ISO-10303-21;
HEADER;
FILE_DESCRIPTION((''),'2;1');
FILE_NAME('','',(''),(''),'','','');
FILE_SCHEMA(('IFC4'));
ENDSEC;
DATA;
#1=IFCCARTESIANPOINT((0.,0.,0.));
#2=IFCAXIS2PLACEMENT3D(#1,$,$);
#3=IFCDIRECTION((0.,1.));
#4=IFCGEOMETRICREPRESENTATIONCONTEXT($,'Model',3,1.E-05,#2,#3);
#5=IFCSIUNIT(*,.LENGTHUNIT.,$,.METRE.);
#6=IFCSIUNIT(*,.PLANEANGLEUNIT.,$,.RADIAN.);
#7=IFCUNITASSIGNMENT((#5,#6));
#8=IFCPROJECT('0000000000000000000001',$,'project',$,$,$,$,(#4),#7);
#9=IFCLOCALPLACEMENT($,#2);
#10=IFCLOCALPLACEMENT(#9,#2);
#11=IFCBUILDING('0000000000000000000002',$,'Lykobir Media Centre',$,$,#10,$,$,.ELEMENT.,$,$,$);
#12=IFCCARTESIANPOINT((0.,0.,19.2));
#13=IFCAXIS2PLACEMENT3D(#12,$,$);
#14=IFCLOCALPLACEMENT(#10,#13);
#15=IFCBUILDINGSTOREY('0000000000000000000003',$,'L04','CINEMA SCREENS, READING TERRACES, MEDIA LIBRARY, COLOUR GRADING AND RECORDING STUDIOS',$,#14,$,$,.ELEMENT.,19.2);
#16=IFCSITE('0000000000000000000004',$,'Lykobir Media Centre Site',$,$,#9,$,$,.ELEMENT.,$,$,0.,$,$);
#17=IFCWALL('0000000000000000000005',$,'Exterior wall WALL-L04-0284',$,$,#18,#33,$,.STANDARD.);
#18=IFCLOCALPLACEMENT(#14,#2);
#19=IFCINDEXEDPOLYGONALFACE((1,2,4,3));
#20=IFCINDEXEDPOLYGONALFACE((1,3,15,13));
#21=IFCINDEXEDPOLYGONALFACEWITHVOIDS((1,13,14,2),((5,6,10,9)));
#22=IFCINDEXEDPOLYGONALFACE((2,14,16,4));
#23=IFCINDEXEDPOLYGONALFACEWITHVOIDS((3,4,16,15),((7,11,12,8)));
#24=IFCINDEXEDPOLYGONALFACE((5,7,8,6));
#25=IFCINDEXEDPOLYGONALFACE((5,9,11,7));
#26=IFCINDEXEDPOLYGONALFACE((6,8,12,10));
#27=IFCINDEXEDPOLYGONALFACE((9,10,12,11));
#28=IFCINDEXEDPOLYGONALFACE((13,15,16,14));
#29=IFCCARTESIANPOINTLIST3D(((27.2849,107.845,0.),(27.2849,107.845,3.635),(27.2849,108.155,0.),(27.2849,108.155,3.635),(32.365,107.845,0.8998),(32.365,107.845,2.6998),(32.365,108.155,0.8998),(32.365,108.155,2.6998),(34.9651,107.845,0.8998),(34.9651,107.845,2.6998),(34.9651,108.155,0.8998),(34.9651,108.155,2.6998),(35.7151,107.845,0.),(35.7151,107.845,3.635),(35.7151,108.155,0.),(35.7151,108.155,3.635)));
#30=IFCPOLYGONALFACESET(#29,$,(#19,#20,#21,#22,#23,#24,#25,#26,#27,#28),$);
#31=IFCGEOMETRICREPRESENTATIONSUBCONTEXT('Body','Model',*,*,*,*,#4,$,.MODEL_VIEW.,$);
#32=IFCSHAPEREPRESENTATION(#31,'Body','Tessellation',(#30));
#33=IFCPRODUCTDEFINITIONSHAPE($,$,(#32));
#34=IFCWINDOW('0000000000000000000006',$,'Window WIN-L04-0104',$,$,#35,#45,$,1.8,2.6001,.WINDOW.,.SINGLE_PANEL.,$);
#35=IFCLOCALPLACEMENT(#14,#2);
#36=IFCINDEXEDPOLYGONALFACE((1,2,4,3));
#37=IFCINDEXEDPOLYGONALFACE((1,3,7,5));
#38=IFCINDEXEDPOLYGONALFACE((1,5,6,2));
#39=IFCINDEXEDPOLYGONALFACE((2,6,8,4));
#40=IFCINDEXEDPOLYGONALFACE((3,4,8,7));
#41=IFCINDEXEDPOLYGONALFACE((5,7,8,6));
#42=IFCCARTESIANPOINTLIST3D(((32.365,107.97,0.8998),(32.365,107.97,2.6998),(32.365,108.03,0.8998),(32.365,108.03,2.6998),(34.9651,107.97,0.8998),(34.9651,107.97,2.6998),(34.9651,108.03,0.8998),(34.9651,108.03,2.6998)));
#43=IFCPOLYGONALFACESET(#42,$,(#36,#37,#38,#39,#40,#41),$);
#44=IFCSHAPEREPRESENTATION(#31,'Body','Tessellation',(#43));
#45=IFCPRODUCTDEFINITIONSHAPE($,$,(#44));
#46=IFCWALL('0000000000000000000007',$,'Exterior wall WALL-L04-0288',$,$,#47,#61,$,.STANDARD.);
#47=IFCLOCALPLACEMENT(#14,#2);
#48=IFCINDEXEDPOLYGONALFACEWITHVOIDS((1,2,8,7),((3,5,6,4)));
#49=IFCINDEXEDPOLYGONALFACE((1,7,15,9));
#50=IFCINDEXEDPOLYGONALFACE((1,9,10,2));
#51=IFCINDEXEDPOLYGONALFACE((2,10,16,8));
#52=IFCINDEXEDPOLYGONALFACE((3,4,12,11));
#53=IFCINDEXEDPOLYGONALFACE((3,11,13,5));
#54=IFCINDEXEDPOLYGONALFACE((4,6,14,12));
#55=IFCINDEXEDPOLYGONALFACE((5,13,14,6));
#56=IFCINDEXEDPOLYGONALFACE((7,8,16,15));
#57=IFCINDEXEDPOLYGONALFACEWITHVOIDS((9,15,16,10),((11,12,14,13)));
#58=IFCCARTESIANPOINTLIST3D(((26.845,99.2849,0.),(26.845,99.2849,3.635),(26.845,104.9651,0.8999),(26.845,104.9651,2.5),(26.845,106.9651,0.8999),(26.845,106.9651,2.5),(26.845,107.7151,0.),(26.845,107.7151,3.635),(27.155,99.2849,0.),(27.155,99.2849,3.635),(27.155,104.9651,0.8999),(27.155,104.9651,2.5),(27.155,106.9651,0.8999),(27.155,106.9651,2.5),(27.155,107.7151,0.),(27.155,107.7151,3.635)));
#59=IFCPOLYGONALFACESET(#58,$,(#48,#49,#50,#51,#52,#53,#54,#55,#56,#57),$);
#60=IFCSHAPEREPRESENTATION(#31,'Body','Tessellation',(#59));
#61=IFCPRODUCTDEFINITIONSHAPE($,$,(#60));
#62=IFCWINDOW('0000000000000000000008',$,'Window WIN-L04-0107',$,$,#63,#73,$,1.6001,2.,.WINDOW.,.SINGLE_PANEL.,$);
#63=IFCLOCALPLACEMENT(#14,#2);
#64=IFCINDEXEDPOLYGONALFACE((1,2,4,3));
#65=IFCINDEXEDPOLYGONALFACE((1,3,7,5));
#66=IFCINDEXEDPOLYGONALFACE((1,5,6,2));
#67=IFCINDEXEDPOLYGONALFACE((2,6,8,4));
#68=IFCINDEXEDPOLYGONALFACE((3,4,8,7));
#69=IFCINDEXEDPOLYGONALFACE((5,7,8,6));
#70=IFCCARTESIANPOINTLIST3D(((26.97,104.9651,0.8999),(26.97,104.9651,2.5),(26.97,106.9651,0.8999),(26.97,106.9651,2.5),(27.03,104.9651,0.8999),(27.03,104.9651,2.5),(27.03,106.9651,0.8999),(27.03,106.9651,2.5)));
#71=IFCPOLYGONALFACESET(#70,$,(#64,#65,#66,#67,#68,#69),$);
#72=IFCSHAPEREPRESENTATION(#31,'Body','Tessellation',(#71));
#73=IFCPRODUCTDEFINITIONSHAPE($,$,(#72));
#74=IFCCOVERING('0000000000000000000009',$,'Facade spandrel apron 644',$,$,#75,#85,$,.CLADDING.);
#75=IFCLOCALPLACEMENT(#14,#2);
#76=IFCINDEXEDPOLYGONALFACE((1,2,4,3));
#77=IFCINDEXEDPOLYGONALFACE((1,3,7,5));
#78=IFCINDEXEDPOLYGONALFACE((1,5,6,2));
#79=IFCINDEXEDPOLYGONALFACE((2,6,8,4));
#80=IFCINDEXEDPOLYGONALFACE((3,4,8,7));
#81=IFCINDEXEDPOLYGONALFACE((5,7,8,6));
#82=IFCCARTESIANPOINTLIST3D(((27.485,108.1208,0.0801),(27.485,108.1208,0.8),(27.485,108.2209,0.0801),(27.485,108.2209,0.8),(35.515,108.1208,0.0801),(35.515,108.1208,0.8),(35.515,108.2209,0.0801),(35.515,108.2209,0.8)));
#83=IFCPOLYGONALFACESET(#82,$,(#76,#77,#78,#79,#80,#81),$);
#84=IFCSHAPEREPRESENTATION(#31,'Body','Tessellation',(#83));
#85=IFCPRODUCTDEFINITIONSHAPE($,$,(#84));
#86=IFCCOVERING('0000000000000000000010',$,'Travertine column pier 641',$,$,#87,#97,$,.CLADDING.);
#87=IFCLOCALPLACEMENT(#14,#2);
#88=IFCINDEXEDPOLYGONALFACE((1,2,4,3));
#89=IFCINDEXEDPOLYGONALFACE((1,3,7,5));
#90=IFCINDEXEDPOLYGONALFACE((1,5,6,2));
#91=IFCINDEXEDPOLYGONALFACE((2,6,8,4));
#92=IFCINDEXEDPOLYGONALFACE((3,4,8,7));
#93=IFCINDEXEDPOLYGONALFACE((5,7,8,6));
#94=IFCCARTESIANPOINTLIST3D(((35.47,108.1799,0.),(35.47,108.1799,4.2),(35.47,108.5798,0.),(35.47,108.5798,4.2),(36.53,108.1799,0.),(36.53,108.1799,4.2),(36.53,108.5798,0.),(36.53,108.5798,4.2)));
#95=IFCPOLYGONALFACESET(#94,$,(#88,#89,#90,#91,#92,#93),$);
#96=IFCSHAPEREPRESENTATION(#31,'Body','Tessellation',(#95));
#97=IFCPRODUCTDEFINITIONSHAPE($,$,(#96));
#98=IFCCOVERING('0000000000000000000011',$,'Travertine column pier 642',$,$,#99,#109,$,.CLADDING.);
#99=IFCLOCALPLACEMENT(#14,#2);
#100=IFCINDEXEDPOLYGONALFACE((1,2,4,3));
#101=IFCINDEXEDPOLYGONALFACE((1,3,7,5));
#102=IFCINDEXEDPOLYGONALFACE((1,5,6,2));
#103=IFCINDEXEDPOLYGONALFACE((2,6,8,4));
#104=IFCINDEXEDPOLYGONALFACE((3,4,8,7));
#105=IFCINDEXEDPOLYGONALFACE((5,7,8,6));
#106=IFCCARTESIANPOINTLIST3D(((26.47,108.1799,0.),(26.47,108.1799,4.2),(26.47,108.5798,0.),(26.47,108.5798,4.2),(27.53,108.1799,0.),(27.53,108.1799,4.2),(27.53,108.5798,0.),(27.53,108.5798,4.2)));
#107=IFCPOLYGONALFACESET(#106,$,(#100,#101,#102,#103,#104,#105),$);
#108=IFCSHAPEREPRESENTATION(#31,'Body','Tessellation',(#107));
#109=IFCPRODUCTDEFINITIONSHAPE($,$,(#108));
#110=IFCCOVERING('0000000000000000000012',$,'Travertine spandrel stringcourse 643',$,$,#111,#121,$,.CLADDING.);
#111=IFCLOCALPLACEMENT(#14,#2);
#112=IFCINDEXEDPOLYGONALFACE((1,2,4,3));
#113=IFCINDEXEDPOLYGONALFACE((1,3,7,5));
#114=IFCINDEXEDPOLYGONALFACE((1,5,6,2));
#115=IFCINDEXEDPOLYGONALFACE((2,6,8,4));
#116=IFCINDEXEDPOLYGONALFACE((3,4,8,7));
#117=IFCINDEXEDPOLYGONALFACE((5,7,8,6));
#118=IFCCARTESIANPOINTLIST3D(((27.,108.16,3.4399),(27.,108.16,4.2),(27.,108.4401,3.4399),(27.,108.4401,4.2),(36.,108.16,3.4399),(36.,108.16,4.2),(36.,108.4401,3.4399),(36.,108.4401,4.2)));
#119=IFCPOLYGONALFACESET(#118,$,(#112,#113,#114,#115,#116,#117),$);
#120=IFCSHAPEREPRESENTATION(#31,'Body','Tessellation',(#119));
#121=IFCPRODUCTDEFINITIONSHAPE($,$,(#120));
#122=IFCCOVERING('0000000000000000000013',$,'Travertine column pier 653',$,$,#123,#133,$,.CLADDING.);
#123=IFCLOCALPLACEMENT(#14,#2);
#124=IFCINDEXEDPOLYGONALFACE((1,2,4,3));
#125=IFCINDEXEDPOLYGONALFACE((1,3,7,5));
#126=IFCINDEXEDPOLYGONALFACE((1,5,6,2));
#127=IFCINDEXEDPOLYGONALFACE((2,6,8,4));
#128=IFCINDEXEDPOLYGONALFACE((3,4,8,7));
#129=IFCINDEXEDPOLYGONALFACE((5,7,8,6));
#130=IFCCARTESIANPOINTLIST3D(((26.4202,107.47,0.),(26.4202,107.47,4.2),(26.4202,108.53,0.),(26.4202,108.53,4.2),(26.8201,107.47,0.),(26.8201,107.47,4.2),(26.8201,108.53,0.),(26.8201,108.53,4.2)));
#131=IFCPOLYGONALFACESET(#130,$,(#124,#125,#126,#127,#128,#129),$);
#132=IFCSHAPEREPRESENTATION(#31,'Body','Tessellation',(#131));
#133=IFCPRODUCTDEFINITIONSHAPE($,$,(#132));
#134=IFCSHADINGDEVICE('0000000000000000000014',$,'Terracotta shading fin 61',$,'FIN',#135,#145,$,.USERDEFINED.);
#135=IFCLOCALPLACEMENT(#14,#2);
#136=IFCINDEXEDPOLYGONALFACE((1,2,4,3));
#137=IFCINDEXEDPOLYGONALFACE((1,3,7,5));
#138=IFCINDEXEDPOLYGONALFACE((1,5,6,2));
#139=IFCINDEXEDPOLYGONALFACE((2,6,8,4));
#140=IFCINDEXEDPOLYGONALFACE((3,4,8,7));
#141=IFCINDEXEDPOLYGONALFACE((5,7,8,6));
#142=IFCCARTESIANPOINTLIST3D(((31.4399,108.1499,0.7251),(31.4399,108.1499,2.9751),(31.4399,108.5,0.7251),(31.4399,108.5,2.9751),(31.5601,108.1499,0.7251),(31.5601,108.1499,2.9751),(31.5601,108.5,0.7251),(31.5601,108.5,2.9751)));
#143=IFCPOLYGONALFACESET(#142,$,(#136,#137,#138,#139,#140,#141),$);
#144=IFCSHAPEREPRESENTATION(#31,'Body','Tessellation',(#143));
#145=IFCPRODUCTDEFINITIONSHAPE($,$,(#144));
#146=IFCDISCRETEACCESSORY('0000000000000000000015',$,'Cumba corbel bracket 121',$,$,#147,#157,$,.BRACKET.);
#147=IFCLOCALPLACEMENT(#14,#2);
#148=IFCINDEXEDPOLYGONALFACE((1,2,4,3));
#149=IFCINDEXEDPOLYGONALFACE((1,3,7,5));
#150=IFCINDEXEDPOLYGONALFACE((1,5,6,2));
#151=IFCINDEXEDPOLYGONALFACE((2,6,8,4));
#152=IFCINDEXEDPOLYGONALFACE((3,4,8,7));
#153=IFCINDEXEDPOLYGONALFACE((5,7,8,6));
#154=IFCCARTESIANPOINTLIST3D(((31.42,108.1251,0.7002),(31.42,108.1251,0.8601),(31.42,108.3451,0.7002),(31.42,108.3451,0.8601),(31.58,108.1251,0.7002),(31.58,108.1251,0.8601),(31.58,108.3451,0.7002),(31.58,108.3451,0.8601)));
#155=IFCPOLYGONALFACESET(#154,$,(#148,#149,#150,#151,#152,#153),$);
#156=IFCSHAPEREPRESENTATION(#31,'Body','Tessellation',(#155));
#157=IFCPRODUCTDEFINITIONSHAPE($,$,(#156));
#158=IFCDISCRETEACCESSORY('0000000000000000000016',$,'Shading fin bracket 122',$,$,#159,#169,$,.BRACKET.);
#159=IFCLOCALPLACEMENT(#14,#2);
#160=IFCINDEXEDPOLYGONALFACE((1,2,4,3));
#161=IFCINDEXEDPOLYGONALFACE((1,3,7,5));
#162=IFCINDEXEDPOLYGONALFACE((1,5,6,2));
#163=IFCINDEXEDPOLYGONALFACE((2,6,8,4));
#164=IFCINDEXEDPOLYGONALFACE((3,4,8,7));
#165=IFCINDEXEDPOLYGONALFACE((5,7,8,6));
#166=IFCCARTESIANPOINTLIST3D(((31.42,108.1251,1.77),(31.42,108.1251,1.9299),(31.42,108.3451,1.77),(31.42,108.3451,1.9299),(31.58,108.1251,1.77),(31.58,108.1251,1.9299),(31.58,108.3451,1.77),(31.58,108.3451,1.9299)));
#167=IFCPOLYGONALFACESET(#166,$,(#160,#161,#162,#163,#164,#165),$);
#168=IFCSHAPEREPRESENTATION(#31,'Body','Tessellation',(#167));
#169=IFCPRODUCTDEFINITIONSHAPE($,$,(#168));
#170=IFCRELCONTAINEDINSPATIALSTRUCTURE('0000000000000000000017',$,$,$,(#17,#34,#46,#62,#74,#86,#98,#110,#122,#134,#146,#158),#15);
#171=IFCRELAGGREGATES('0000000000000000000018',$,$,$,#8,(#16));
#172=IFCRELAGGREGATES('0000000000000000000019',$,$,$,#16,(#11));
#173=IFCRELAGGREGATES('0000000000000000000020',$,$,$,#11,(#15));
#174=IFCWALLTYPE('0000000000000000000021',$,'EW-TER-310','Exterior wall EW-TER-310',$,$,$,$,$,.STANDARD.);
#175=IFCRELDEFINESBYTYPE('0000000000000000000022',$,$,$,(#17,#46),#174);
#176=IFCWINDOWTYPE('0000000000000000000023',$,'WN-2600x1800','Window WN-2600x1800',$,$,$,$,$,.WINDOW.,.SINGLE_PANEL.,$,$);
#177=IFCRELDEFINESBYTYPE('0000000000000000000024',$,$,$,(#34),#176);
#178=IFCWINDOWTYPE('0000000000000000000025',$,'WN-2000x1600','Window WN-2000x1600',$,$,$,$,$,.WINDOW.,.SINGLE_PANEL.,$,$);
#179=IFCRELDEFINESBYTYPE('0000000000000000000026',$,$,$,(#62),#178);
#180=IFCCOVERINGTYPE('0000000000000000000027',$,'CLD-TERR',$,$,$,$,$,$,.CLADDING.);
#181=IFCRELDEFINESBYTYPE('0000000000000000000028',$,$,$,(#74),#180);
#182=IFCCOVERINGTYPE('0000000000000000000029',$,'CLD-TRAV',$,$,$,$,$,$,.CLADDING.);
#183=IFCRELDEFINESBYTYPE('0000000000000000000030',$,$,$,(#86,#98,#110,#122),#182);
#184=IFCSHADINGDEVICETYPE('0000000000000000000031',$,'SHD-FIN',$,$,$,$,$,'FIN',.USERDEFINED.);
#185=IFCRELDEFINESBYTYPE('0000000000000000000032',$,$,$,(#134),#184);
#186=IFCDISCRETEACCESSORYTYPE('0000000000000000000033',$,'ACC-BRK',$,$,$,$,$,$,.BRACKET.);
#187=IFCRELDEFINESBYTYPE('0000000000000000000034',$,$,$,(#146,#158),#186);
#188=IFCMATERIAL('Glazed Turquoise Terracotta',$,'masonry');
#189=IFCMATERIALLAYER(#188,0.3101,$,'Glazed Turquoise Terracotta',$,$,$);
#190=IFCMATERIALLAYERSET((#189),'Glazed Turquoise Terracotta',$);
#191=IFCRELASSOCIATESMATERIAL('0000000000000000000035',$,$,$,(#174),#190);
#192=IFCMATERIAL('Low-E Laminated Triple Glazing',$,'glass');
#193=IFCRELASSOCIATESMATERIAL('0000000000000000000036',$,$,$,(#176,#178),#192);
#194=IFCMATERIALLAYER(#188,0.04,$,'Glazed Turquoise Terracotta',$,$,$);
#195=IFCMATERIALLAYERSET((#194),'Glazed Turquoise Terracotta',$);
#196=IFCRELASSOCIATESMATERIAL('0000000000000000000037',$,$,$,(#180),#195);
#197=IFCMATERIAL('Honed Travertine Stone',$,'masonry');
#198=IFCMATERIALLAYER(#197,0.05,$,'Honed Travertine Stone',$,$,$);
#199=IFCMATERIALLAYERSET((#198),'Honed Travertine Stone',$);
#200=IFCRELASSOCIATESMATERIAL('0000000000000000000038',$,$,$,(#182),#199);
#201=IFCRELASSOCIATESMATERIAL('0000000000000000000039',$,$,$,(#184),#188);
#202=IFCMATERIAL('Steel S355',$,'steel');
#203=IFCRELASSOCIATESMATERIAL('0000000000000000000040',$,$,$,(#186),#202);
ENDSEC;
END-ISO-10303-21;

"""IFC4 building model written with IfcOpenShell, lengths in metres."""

from ifc_helpers import new_model, si_unit, direction, frame, frame_2d, origin, origin_2d, place, context, subcontext, project, spatial, rectangle, extrude, material, layer, layer_set, type_object, element, fill, save


model = new_model("IFC4")

# Units and contexts
model_context = context("Model", 3, precision=1e-05, world=origin(), true_north=direction((0.0, 1.0)))
body_context = subcontext(model_context, "Body", "Model", "MODEL_VIEW")
ifc_project = project(units=[si_unit("LENGTHUNIT", "METRE"), si_unit("PLANEANGLEUNIT", "RADIAN")], contexts=[model_context])

# Site, building, storey
site_placement = place(None, origin())
site = spatial("IfcSite", under=ifc_project, at=site_placement, Name="Lykobir Media Centre Site", CompositionType="ELEMENT", RefElevation=0.0)
building_placement = place(site_placement, origin())
building = spatial("IfcBuilding", under=site, at=building_placement, Name="Lykobir Media Centre", CompositionType="ELEMENT")
storey_placement = place(building_placement, frame((0.0, 0.0, 19.2)))
storey = spatial("IfcBuildingStorey", under=building, at=storey_placement, Name="L04", Description="CINEMA SCREENS, READING TERRACES, MEDIA LIBRARY, COLOUR GRADING AND RECORDING STUDIOS", CompositionType="ELEMENT", Elevation=19.2)

# Shared definitions
ifc_material_1 = material(Name="Steel S355", Category="steel")

# Walls, openings, windows
ifc_material_2 = material(Name="Glazed Turquoise Terracotta", Category="masonry")
ifc_layer_1 = layer(ifc_material_2, 0.3101, Name="Glazed Turquoise Terracotta")
ifc_layer_set_1 = layer_set([ifc_layer_1], Name="Glazed Turquoise Terracotta")
wall_type = type_object("IfcWallType", Name="EW-TER-310", Description="Exterior wall EW-TER-310", PredefinedType="STANDARD", material=ifc_layer_set_1)
wall_1_placement = place(storey_placement, frame((35.7151, 108.0, 0.0), z_axis=(0.0, 0.0, 1.0), x_axis=(-1.0, 0.0, 0.0)))
wall_1 = element("IfcWall", 1, at=wall_1_placement, inside=storey, type_object=wall_type, Name="Exterior wall WALL-L04-0284", PredefinedType="STANDARD", context=body_context, shape_type="SweptSolid", body=[
    extrude(rectangle(XDim=8.4302, YDim=0.3101, at=frame_2d((4.2151, 0.0))), origin(), (0.0, 0.0, 1.0), 3.635),
])
opening_1_placement = place(wall_1_placement, frame((0.75, 0.0, 0.8999)))
opening_1 = element("IfcOpeningElement", 2, at=opening_1_placement, cuts=wall_1, PredefinedType="OPENING", context=body_context, shape_type="SweptSolid", body=[
    extrude(rectangle(XDim=2.6001, YDim=1.8, at=frame_2d((1.3, 0.8999))), frame((0.0, 0.165, 0.0), z_axis=(0.0, -1.0, 0.0), x_axis=(1.0, 0.0, 0.0)), (0.0, 0.0, 1.0), 0.3301),
])
ifc_material_3 = material(Name="Low-E Laminated Triple Glazing", Category="glass")
window_type_1 = type_object("IfcWindowType", Name="WN-2600x1800", Description="Window WN-2600x1800", PartitioningType="SINGLE_PANEL", PredefinedType="WINDOW", material=ifc_material_3)
window_1_placement = place(opening_1_placement, origin())
window_1 = element("IfcWindow", 3, at=window_1_placement, inside=storey, type_object=window_type_1, Name="Window WIN-L04-0104", OverallHeight=1.8, OverallWidth=2.6001, PartitioningType="SINGLE_PANEL", PredefinedType="WINDOW", context=body_context, shape_type="SweptSolid", body=[
    extrude(rectangle(XDim=2.6001, YDim=1.8, at=frame_2d((1.3, 0.8999))), frame((0.0, 0.03, 0.0), z_axis=(0.0, -1.0, 0.0), x_axis=(1.0, 0.0, 0.0)), (0.0, 0.0, 1.0), 0.0601),
])
fill(opening_1, window_1)
wall_2_placement = place(storey_placement, frame((27.0, 107.7151, 0.0), z_axis=(0.0, 0.0, 1.0), x_axis=(0.0, -1.0, 0.0)))
wall_2 = element("IfcWall", 4, at=wall_2_placement, inside=storey, type_object=wall_type, Name="Exterior wall WALL-L04-0288", PredefinedType="STANDARD", context=body_context, shape_type="SweptSolid", body=[
    extrude(rectangle(XDim=8.4302, YDim=0.3101, at=frame_2d((4.2151, 0.0))), origin(), (0.0, 0.0, 1.0), 3.635),
])
opening_2_placement = place(wall_2_placement, frame((0.75, 0.0, 0.8999)))
opening_2 = element("IfcOpeningElement", 5, at=opening_2_placement, cuts=wall_2, PredefinedType="OPENING", context=body_context, shape_type="SweptSolid", body=[
    extrude(rectangle(XDim=2.0, YDim=1.6001, at=frame_2d((1.0, 0.8))), frame((0.0, 0.165, 0.0), z_axis=(0.0, -1.0, 0.0), x_axis=(1.0, 0.0, 0.0)), (0.0, 0.0, 1.0), 0.3301),
])
window_type_2 = type_object("IfcWindowType", Name="WN-2000x1600", Description="Window WN-2000x1600", PartitioningType="SINGLE_PANEL", PredefinedType="WINDOW", material=ifc_material_3)
window_2_placement = place(opening_2_placement, origin())
window_2 = element("IfcWindow", 6, at=window_2_placement, inside=storey, type_object=window_type_2, Name="Window WIN-L04-0107", OverallHeight=1.6001, OverallWidth=2.0, PartitioningType="SINGLE_PANEL", PredefinedType="WINDOW", context=body_context, shape_type="SweptSolid", body=[
    extrude(rectangle(XDim=2.0, YDim=1.6001, at=frame_2d((1.0, 0.8))), frame((0.0, 0.03, 0.0), z_axis=(0.0, -1.0, 0.0), x_axis=(1.0, 0.0, 0.0)), (0.0, 0.0, 1.0), 0.0601),
])
fill(opening_2, window_2)

# Coverings
ifc_layer_2 = layer(ifc_material_2, 0.04, Name="Glazed Turquoise Terracotta")
ifc_layer_set_2 = layer_set([ifc_layer_2], Name="Glazed Turquoise Terracotta")
covering_type_1 = type_object("IfcCoveringType", Name="CLD-TERR", PredefinedType="CLADDING", material=ifc_layer_set_2)
covering_1_placement = place(storey_placement, frame((31.5, 108.1709, 0.0801), z_axis=(0.0, 0.0, 1.0), x_axis=(-1.0, 0.0, 0.0)))
element("IfcCovering", 7, at=covering_1_placement, inside=storey, type_object=covering_type_1, Name="Facade spandrel apron 644", PredefinedType="CLADDING", context=body_context, shape_type="SweptSolid", body=[
    extrude(rectangle(XDim=8.03, YDim=0.1001, at=origin_2d()), origin(), (0.0, 0.0, 1.0), 0.72),
])
ifc_material_4 = material(Name="Honed Travertine Stone", Category="masonry")
ifc_layer_3 = layer(ifc_material_4, 0.05, Name="Honed Travertine Stone")
ifc_layer_set_3 = layer_set([ifc_layer_3], Name="Honed Travertine Stone")
covering_type_2 = type_object("IfcCoveringType", Name="CLD-TRAV", PredefinedType="CLADDING", material=ifc_layer_set_3)
for number, where, z_axis, x_axis, name in (
    (8, (36.0, 108.3799, 0.0), (0.0, 0.0, 1.0), (-1.0, 0.0, 0.0), "Travertine column pier 641"),
    (9, (27.0, 108.3799, 0.0), (0.0, 0.0, 1.0), (-1.0, 0.0, 0.0), "Travertine column pier 642"),
):
    element("IfcCovering", number, at=place(storey_placement, frame(where, z_axis=z_axis, x_axis=x_axis)), inside=storey, type_object=covering_type_2, Name=name, PredefinedType="CLADDING", context=body_context, shape_type="SweptSolid", body=[
        extrude(rectangle(XDim=1.0601, YDim=0.3999, at=origin_2d()), origin(), (0.0, 0.0, 1.0), 4.2),
    ])
covering_2_placement = place(storey_placement, frame((31.5, 108.3, 3.4399), z_axis=(0.0, 0.0, 1.0), x_axis=(-1.0, 0.0, 0.0)))
element("IfcCovering", 10, at=covering_2_placement, inside=storey, type_object=covering_type_2, Name="Travertine spandrel stringcourse 643", PredefinedType="CLADDING", context=body_context, shape_type="SweptSolid", body=[
    extrude(rectangle(XDim=9.0, YDim=0.28, at=origin_2d()), origin(), (0.0, 0.0, 1.0), 0.76),
])
covering_3_placement = place(storey_placement, frame((26.6201, 108.0, 0.0), z_axis=(0.0, 0.0, 1.0), x_axis=(0.0, -1.0, 0.0)))
element("IfcCovering", 11, at=covering_3_placement, inside=storey, type_object=covering_type_2, Name="Travertine column pier 653", PredefinedType="CLADDING", context=body_context, shape_type="SweptSolid", body=[
    extrude(rectangle(XDim=1.0601, YDim=0.3999, at=origin_2d()), origin(), (0.0, 0.0, 1.0), 4.2),
])

# Shading device
shading_device_type = type_object("IfcShadingDeviceType", Name="SHD-FIN", ElementType="FIN", PredefinedType="USERDEFINED", material=ifc_material_2)
shading_device_placement = place(storey_placement, frame((31.5, 108.325, 0.7251), z_axis=(0.0, 0.0, 1.0), x_axis=(-1.0, 0.0, 0.0)))
element("IfcShadingDevice", 12, at=shading_device_placement, inside=storey, type_object=shading_device_type, Name="Terracotta shading fin 61", ObjectType="FIN", PredefinedType="USERDEFINED", context=body_context, shape_type="SweptSolid", body=[
    extrude(rectangle(XDim=0.1201, YDim=0.3501, at=origin_2d()), origin(), (0.0, 0.0, 1.0), 2.25),
])

# Discrete accessories
discrete_accessory_type = type_object("IfcDiscreteAccessoryType", Name="ACC-BRK", PredefinedType="BRACKET", material=ifc_material_1)
for number, where, z_axis, x_axis, name in (
    (13, (31.5, 108.2351, 0.7002), (0.0, 0.0, 1.0), (-1.0, 0.0, 0.0), "Cumba corbel bracket 121"),
    (14, (31.5, 108.2351, 1.77), (0.0, 0.0, 1.0), (-1.0, 0.0, 0.0), "Shading fin bracket 122"),
):
    element("IfcDiscreteAccessory", number, at=place(storey_placement, frame(where, z_axis=z_axis, x_axis=x_axis)), inside=storey, type_object=discrete_accessory_type, Name=name, PredefinedType="BRACKET", context=body_context, shape_type="SweptSolid", body=[
        extrude(rectangle(XDim=0.1599, YDim=0.22, at=origin_2d()), origin(), (0.0, 0.0, 1.0), 0.1599),
    ])

save(model, "model.ifc")
